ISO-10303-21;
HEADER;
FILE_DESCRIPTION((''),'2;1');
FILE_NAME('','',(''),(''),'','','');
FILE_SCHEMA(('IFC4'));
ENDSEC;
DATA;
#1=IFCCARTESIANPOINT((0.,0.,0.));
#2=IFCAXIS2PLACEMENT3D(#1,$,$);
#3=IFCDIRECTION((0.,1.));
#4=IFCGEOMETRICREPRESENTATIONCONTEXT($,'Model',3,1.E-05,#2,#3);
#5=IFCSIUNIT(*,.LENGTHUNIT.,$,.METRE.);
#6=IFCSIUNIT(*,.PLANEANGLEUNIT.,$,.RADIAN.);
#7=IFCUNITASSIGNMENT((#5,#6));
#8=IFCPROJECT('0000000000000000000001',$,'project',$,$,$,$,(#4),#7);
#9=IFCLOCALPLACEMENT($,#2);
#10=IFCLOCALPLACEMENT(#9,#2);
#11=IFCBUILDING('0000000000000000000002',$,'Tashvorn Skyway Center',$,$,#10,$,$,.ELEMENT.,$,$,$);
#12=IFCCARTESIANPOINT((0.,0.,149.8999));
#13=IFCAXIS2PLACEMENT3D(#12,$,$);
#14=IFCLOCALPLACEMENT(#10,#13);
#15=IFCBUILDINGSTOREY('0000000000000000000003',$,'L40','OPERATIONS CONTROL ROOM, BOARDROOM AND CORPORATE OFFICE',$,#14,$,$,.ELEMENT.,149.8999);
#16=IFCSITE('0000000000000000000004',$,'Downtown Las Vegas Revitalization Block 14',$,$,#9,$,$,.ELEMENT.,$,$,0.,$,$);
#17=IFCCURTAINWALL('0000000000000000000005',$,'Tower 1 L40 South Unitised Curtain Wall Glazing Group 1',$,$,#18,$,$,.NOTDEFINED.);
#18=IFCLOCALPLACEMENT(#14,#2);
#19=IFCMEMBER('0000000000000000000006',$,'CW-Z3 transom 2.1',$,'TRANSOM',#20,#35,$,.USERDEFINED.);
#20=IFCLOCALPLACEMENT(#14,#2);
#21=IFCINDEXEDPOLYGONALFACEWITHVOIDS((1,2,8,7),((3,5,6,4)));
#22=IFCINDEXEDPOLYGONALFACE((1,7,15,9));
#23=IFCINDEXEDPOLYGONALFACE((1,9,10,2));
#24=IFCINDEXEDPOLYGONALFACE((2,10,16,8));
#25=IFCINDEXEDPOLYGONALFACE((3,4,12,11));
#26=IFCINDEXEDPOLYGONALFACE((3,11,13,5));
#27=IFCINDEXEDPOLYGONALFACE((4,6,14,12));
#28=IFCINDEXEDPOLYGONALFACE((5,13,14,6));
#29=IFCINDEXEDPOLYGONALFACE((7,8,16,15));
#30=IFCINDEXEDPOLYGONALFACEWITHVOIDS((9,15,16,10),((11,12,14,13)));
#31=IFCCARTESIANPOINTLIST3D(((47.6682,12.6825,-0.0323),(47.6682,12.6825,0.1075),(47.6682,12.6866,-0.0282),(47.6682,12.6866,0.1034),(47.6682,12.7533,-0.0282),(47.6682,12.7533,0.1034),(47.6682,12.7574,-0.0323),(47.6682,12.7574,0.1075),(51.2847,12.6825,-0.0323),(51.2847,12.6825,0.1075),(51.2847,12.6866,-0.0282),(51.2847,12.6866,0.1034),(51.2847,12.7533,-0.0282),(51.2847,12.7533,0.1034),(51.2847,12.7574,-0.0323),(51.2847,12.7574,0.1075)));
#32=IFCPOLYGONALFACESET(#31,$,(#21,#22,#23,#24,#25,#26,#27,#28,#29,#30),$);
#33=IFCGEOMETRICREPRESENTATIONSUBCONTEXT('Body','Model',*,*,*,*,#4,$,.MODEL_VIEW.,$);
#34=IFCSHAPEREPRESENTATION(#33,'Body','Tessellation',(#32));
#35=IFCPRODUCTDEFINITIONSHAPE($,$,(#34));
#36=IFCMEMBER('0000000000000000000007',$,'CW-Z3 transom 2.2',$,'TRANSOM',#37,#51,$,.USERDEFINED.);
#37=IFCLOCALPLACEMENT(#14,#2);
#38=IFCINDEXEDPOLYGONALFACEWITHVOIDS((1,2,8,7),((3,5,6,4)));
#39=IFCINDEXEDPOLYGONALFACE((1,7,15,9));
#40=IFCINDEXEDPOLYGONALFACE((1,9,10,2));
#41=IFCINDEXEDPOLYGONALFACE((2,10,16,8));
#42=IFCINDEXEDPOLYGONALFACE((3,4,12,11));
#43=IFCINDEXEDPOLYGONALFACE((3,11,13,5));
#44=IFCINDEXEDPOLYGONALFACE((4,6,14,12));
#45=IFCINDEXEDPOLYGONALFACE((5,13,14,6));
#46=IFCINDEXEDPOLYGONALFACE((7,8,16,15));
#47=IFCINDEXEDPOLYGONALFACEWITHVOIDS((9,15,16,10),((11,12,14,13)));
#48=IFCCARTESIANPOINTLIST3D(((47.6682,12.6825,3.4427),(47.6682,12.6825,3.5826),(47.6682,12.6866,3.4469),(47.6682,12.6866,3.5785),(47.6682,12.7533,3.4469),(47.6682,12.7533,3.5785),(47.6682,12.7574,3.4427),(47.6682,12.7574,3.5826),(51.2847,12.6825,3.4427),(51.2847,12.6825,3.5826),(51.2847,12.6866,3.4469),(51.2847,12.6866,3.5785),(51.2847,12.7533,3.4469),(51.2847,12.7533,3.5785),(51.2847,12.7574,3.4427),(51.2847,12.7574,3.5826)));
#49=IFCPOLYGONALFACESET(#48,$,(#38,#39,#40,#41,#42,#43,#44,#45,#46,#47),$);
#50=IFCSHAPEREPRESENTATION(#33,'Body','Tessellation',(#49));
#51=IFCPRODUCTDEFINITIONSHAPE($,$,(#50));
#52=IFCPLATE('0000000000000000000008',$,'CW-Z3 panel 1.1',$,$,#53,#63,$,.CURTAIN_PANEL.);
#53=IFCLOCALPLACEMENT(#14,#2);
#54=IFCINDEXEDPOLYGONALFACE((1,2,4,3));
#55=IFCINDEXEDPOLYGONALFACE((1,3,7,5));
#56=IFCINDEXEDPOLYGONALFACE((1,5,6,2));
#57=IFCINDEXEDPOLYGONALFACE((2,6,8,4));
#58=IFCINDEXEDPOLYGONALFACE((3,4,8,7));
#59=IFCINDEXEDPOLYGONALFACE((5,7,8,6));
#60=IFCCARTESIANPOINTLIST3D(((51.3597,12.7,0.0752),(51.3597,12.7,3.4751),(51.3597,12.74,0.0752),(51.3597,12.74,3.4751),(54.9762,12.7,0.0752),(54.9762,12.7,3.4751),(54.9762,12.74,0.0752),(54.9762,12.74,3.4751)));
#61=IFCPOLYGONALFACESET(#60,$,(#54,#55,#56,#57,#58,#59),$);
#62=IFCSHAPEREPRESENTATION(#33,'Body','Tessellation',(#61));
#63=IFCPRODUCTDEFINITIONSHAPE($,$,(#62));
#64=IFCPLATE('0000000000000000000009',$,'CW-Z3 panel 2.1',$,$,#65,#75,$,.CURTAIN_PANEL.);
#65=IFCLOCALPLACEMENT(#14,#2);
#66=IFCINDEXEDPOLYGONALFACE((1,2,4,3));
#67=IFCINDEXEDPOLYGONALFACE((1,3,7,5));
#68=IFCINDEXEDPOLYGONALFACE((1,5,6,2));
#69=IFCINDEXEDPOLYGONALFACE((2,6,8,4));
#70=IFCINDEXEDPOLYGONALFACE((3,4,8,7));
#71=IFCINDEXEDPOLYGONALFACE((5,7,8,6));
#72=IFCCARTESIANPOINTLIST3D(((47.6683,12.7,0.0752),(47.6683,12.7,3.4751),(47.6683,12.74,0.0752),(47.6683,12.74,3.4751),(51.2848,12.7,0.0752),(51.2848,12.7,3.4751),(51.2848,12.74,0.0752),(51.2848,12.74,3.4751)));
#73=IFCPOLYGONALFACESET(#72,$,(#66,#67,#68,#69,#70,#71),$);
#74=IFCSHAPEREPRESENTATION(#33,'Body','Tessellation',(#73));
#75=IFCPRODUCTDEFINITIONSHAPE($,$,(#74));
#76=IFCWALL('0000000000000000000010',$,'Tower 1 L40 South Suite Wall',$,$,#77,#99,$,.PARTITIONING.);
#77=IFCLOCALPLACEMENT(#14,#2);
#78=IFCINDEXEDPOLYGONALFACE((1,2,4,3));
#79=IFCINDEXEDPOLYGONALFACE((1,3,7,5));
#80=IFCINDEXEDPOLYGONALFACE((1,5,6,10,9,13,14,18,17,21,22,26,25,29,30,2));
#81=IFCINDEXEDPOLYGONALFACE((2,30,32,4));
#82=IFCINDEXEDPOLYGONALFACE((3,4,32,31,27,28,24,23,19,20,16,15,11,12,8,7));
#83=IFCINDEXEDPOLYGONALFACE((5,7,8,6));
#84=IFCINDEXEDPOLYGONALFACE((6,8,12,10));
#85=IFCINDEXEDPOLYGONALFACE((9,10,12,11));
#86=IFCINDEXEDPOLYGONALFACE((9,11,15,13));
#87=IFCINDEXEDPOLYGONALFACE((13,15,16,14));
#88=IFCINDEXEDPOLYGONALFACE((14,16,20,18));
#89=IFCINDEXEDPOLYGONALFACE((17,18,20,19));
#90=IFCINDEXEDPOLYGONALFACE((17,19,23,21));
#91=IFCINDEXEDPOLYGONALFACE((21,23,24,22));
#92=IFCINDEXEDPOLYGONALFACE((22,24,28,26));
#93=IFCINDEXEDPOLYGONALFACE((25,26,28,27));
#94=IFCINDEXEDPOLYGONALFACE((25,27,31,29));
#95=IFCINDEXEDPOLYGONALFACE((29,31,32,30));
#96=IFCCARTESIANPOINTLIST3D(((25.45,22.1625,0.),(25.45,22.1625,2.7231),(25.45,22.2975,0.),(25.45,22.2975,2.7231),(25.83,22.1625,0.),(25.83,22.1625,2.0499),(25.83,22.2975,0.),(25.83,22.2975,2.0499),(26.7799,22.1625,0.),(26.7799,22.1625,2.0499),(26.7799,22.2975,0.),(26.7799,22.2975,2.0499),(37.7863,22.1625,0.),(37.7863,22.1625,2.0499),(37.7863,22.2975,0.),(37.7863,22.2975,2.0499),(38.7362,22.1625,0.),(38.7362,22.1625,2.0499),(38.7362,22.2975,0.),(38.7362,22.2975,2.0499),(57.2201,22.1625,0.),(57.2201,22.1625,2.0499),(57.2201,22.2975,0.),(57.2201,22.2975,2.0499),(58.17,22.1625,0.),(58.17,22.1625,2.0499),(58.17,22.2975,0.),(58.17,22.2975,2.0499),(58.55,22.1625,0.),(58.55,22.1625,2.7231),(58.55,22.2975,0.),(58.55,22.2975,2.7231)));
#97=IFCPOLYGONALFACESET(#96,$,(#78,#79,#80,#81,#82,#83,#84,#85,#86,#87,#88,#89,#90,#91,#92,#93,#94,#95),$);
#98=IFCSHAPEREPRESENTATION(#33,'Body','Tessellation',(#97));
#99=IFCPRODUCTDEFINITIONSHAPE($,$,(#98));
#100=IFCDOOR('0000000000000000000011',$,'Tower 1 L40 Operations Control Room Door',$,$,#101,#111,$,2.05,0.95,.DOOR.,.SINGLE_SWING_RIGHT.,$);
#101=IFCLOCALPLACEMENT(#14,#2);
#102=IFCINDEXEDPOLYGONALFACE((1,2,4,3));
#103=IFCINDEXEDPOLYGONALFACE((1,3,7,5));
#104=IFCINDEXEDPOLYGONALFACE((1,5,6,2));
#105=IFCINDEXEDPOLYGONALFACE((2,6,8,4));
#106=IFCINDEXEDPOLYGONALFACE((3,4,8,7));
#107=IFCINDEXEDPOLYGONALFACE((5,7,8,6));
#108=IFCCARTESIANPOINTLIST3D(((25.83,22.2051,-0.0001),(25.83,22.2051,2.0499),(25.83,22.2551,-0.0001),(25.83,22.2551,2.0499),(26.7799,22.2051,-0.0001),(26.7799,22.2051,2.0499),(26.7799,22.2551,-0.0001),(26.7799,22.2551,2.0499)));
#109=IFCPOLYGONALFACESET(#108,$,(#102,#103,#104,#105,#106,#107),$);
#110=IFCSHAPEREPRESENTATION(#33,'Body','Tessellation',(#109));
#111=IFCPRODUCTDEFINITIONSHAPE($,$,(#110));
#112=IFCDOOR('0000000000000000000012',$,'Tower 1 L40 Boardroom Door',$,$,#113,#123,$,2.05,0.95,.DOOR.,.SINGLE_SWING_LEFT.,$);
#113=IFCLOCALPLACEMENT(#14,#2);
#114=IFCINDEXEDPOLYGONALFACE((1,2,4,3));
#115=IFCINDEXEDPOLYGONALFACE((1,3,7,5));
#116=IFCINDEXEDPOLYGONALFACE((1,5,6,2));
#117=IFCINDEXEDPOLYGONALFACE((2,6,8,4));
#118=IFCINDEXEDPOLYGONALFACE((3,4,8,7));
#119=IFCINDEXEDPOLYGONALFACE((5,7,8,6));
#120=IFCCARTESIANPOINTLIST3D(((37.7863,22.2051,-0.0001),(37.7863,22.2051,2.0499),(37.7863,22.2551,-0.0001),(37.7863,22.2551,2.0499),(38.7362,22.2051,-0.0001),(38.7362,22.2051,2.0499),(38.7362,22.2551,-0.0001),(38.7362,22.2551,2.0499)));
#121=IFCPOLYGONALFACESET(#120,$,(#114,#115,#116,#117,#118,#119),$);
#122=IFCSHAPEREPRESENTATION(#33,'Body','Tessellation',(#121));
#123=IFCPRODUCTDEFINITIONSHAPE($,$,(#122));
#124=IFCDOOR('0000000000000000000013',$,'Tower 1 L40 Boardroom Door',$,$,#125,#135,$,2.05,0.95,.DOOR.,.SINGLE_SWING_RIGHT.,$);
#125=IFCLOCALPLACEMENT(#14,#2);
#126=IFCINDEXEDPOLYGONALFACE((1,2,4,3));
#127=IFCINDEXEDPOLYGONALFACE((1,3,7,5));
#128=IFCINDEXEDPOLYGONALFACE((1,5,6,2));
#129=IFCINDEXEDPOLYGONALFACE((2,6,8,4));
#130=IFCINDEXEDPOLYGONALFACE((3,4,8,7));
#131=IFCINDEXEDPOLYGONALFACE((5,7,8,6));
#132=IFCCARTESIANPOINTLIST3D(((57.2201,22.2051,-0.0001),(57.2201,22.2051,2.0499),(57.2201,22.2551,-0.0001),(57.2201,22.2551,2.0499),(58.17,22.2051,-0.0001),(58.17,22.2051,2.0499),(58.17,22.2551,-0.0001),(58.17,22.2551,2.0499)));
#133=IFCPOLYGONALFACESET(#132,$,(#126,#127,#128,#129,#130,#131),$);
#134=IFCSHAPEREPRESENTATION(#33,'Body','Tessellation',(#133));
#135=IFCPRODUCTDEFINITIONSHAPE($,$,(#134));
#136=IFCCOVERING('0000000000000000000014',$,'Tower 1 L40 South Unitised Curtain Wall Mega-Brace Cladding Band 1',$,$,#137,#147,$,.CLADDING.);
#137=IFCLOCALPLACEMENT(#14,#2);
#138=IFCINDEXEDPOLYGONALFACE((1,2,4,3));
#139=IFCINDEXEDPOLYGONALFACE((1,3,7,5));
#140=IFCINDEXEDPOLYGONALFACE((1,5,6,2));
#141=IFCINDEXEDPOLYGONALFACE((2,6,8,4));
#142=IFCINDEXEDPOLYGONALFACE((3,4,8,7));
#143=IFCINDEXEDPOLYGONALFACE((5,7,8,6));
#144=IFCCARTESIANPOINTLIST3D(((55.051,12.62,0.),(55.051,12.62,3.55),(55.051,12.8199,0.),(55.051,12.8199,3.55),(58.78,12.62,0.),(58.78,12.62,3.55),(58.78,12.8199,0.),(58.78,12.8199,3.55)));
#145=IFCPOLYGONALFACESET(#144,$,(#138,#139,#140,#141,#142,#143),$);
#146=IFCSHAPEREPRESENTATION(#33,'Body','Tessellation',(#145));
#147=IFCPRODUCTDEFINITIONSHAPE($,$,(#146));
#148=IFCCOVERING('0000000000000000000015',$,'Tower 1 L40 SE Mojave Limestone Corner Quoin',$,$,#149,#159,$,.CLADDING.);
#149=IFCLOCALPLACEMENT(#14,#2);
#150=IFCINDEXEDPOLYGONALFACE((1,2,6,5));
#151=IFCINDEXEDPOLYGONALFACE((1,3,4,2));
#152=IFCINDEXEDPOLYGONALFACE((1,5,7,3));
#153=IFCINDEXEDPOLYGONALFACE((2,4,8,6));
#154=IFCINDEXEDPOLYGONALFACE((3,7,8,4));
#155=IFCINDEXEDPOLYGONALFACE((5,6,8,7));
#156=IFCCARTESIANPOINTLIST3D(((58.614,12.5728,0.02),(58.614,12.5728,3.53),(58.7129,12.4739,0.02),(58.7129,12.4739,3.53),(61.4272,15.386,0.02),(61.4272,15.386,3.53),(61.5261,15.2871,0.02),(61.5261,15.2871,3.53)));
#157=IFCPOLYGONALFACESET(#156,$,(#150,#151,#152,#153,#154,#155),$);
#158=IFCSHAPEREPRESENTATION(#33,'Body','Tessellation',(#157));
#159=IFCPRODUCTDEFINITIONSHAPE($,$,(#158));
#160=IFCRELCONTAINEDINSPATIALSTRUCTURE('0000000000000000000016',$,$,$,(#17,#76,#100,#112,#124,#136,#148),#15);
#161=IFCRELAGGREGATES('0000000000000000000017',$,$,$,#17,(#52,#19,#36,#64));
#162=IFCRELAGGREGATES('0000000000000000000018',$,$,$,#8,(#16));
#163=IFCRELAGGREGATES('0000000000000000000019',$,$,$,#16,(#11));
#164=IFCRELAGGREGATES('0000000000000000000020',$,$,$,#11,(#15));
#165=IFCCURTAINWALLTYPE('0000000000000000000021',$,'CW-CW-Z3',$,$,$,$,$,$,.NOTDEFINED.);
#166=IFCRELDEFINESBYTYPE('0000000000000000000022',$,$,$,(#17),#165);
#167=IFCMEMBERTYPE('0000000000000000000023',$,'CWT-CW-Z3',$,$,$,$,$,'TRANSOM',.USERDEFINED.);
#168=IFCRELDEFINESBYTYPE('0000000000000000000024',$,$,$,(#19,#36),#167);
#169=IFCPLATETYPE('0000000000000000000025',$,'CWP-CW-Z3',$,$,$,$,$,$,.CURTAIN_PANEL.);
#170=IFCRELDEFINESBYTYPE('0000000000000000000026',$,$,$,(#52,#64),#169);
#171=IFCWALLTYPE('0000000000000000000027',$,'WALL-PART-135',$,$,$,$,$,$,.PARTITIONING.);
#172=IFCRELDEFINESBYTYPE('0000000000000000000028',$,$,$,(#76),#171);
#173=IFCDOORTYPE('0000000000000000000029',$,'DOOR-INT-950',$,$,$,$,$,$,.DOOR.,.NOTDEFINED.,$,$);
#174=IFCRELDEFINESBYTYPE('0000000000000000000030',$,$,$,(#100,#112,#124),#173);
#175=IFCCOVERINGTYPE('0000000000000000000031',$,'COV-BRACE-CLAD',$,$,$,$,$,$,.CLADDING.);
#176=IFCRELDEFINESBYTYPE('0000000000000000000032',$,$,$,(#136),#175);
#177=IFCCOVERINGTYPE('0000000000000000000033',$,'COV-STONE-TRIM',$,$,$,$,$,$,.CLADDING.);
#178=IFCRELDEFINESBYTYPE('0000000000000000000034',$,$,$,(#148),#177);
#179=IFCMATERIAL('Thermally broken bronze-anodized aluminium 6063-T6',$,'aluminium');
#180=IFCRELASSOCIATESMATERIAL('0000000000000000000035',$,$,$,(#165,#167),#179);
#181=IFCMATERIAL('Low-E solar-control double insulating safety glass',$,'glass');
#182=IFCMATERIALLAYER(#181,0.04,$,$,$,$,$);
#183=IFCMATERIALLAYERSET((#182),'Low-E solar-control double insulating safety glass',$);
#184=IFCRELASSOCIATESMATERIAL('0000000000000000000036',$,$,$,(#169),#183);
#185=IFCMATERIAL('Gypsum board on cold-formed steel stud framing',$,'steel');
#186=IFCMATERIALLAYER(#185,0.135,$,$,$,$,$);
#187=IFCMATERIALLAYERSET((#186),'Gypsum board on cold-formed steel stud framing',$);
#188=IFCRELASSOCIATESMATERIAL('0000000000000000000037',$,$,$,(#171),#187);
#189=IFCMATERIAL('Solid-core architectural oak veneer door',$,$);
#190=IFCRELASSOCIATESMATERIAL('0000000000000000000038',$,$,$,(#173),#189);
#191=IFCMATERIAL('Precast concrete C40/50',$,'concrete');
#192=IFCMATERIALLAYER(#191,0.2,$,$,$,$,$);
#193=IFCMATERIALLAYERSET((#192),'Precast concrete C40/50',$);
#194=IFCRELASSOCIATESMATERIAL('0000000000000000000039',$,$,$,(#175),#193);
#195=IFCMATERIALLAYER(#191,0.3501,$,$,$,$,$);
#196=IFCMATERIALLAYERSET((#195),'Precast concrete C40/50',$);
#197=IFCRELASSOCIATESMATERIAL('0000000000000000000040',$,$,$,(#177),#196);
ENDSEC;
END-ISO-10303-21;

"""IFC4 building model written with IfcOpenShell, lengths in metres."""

from ifc_helpers import new_model, si_unit, direction, frame, frame_2d, origin, origin_2d, place, context, subcontext, project, spatial, rectangle, hollow_rectangle, extrude, material, layer, layer_set, material_profile, profile_set, type_object, element, fill, aggregate, save


model = new_model("IFC4")

# Units and contexts
model_context = context("Model", 3, precision=1e-05, world=origin(), true_north=direction((0.0, 1.0)))
body_context = subcontext(model_context, "Body", "Model", "MODEL_VIEW")
ifc_project = project(units=[si_unit("LENGTHUNIT", "METRE"), si_unit("PLANEANGLEUNIT", "RADIAN")], contexts=[model_context])

# Site, building, storey
site_placement = place(None, origin())
site = spatial("IfcSite", under=ifc_project, at=site_placement, Name="Downtown Las Vegas Revitalization Block 14", CompositionType="ELEMENT", RefElevation=0.0)
building_placement = place(site_placement, origin())
building = spatial("IfcBuilding", under=site, at=building_placement, Name="Tashvorn Skyway Center", CompositionType="ELEMENT")
storey_placement = place(building_placement, frame((0.0, 0.0, 149.8999)))
storey = spatial("IfcBuildingStorey", under=building, at=storey_placement, Name="L40", Description="OPERATIONS CONTROL ROOM, BOARDROOM AND CORPORATE OFFICE", CompositionType="ELEMENT", Elevation=149.8999)

# Curtain wall, members, plates
ifc_material_1 = material(Name="Thermally broken bronze-anodized aluminium 6063-T6", Category="aluminium")
curtain_wall_type = type_object("IfcCurtainWallType", Name="CW-CW-Z3", PredefinedType="NOTDEFINED", material=ifc_material_1)
curtain_wall_placement = place(storey_placement, origin())
curtain_wall = element("IfcCurtainWall", 1, at=curtain_wall_placement, inside=storey, type_object=curtain_wall_type, Name="Tower 1 L40 South Unitised Curtain Wall Glazing Group 1", PredefinedType="NOTDEFINED")
ifc_material_profile_1 = material_profile(ifc_material_1, hollow_rectangle(XDim=0.075, YDim=0.1399, WallThickness=0.0042, at=origin_2d()), Name="ALU-TRAN-75x140")
ifc_profile_set_1 = profile_set([ifc_material_profile_1], Name="Thermally broken bronze-anodized aluminium 6063-T6")
member_type_1 = type_object("IfcMemberType", Name="CWT-CW-Z3", ElementType="TRANSOM", PredefinedType="USERDEFINED", material=ifc_profile_set_1)
member_1_placement = place(storey_placement, frame((51.2847, 12.72, 0.0376), z_axis=(-1.0, 0.0, 0.0), x_axis=(0.0, -1.0, 0.0)))
member_1 = element("IfcMember", 2, at=member_1_placement, type_object=member_type_1, Name="CW-Z3 transom 2.1", ObjectType="TRANSOM", PredefinedType="USERDEFINED", context=body_context, shape_type="SweptSolid", body=[
    extrude(hollow_rectangle(XDim=0.075, YDim=0.1399, WallThickness=0.0042, at=origin_2d()), origin(), (0.0, 0.0, 1.0), 3.6165),
])
member_2_placement = place(storey_placement, frame((51.2847, 12.72, 3.5127), z_axis=(-1.0, 0.0, 0.0), x_axis=(0.0, -1.0, 0.0)))
member_2 = element("IfcMember", 3, at=member_2_placement, type_object=member_type_1, Name="CW-Z3 transom 2.2", ObjectType="TRANSOM", PredefinedType="USERDEFINED", context=body_context, shape_type="SweptSolid", body=[
    extrude(hollow_rectangle(XDim=0.075, YDim=0.1399, WallThickness=0.0042, at=origin_2d()), origin(), (0.0, 0.0, 1.0), 3.6165),
])
ifc_material_2 = material(Name="Low-E solar-control double insulating safety glass", Category="glass")
ifc_layer_1 = layer(ifc_material_2, 0.04)
ifc_layer_set_1 = layer_set([ifc_layer_1], Name="Low-E solar-control double insulating safety glass")
plate_type = type_object("IfcPlateType", Name="CWP-CW-Z3", PredefinedType="CURTAIN_PANEL", material=ifc_layer_set_1)
plate_1_placement = place(storey_placement, frame((53.168, 12.72, 0.0752), z_axis=(0.0, 0.0, 1.0), x_axis=(-1.0, 0.0, 0.0)))
plate_1 = element("IfcPlate", 4, at=plate_1_placement, type_object=plate_type, Name="CW-Z3 panel 1.1", PredefinedType="CURTAIN_PANEL", context=body_context, shape_type="SweptSolid", body=[
    extrude(rectangle(XDim=3.6165, YDim=0.04, at=origin_2d()), origin(), (0.0, 0.0, 1.0), 3.3999),
])
plate_2_placement = place(storey_placement, frame((49.4766, 12.72, 0.0752), z_axis=(0.0, 0.0, 1.0), x_axis=(-1.0, 0.0, 0.0)))
plate_2 = element("IfcPlate", 5, at=plate_2_placement, type_object=plate_type, Name="CW-Z3 panel 2.1", PredefinedType="CURTAIN_PANEL", context=body_context, shape_type="SweptSolid", body=[
    extrude(rectangle(XDim=3.6165, YDim=0.04, at=origin_2d()), origin(), (0.0, 0.0, 1.0), 3.3999),
])
aggregate(curtain_wall, [plate_1, member_1, member_2, plate_2])

# Wall, openings, doors
ifc_material_3 = material(Name="Gypsum board on cold-formed steel stud framing", Category="steel")
ifc_layer_2 = layer(ifc_material_3, 0.135)
ifc_layer_set_2 = layer_set([ifc_layer_2], Name="Gypsum board on cold-formed steel stud framing")
wall_type = type_object("IfcWallType", Name="WALL-PART-135", PredefinedType="PARTITIONING", material=ifc_layer_set_2)
wall_placement = place(storey_placement, frame((58.55, 22.23, 0.0), z_axis=(0.0, 0.0, 1.0), x_axis=(-1.0, 0.0, 0.0)))
wall = element("IfcWall", 6, at=wall_placement, inside=storey, type_object=wall_type, Name="Tower 1 L40 South Suite Wall", PredefinedType="PARTITIONING", context=body_context, shape_type="SweptSolid", body=[
    extrude(rectangle(XDim=33.1001, YDim=0.135, at=frame_2d((16.55, 0.0))), origin(), (0.0, 0.0, 1.0), 2.7231),
])
opening_1_placement = place(wall_placement, frame((31.77, 0.0, 0.0)))
opening_1 = element("IfcOpeningElement", 7, at=opening_1_placement, cuts=wall, PredefinedType="OPENING", context=body_context, shape_type="SweptSolid", body=[
    extrude(rectangle(XDim=0.95, YDim=2.05, at=frame_2d((0.4751, 1.0249))), frame((0.0, 0.0774, 0.0), z_axis=(0.0, -1.0, 0.0), x_axis=(1.0, 0.0, 0.0)), (0.0, 0.0, 1.0), 0.155),
])
opening_2_placement = place(wall_placement, frame((19.8137, 0.0, 0.0)))
opening_2 = element("IfcOpeningElement", 8, at=opening_2_placement, cuts=wall, PredefinedType="OPENING", context=body_context, shape_type="SweptSolid", body=[
    extrude(rectangle(XDim=0.95, YDim=2.05, at=frame_2d((0.4751, 1.0249))), frame((0.0, 0.0774, 0.0), z_axis=(0.0, -1.0, 0.0), x_axis=(1.0, 0.0, 0.0)), (0.0, 0.0, 1.0), 0.155),
])
opening_3_placement = place(wall_placement, frame((0.3799, 0.0, 0.0)))
opening_3 = element("IfcOpeningElement", 9, at=opening_3_placement, cuts=wall, PredefinedType="OPENING", context=body_context, shape_type="SweptSolid", body=[
    extrude(rectangle(XDim=0.95, YDim=2.05, at=frame_2d((0.4751, 1.0249))), frame((0.0, 0.0774, 0.0), z_axis=(0.0, -1.0, 0.0), x_axis=(1.0, 0.0, 0.0)), (0.0, 0.0, 1.0), 0.155),
])
ifc_material_4 = material(Name="Solid-core architectural oak veneer door")
door_type = type_object("IfcDoorType", Name="DOOR-INT-950", OperationType="NOTDEFINED", PredefinedType="DOOR", material=ifc_material_4)
door_1_placement = place(opening_1_placement, origin())
door_1 = element("IfcDoor", 10, at=door_1_placement, inside=storey, type_object=door_type, Name="Tower 1 L40 Operations Control Room Door", OperationType="SINGLE_SWING_RIGHT", OverallHeight=2.05, OverallWidth=0.95, PredefinedType="DOOR", context=body_context, shape_type="SweptSolid", body=[
    extrude(rectangle(XDim=0.95, YDim=2.05, at=frame_2d((0.4751, 1.0249))), frame((0.0, 0.0249, 0.0), z_axis=(0.0, -1.0, 0.0), x_axis=(1.0, 0.0, 0.0)), (0.0, 0.0, 1.0), 0.05),
])
fill(opening_1, door_1)
door_2_placement = place(opening_2_placement, origin())
door_2 = element("IfcDoor", 11, at=door_2_placement, inside=storey, type_object=door_type, Name="Tower 1 L40 Boardroom Door", OperationType="SINGLE_SWING_LEFT", OverallHeight=2.05, OverallWidth=0.95, PredefinedType="DOOR", context=body_context, shape_type="SweptSolid", body=[
    extrude(rectangle(XDim=0.95, YDim=2.05, at=frame_2d((0.4751, 1.0249))), frame((0.0, 0.0249, 0.0), z_axis=(0.0, -1.0, 0.0), x_axis=(1.0, 0.0, 0.0)), (0.0, 0.0, 1.0), 0.05),
])
fill(opening_2, door_2)
door_3_placement = place(opening_3_placement, origin())
door_3 = element("IfcDoor", 12, at=door_3_placement, inside=storey, type_object=door_type, Name="Tower 1 L40 Boardroom Door", OperationType="SINGLE_SWING_RIGHT", OverallHeight=2.05, OverallWidth=0.95, PredefinedType="DOOR", context=body_context, shape_type="SweptSolid", body=[
    extrude(rectangle(XDim=0.95, YDim=2.05, at=frame_2d((0.4751, 1.0249))), frame((0.0, 0.0249, 0.0), z_axis=(0.0, -1.0, 0.0), x_axis=(1.0, 0.0, 0.0)), (0.0, 0.0, 1.0), 0.05),
])
fill(opening_3, door_3)

# Coverings
ifc_material_5 = material(Name="Precast concrete C40/50", Category="concrete")
ifc_layer_3 = layer(ifc_material_5, 0.2)
ifc_layer_set_3 = layer_set([ifc_layer_3], Name="Precast concrete C40/50")
covering_type_1 = type_object("IfcCoveringType", Name="COV-BRACE-CLAD", PredefinedType="CLADDING", material=ifc_layer_set_3)
covering_1_placement = place(storey_placement, frame((56.9155, 12.72, 0.0), z_axis=(0.0, 0.0, 1.0), x_axis=(-1.0, 0.0, 0.0)))
element("IfcCovering", 13, at=covering_1_placement, inside=storey, type_object=covering_type_1, Name="Tower 1 L40 South Unitised Curtain Wall Mega-Brace Cladding Band 1", PredefinedType="CLADDING", context=body_context, shape_type="SweptSolid", body=[
    extrude(rectangle(XDim=3.729, YDim=0.2, at=origin_2d()), origin(), (0.0, 0.0, 1.0), 3.55),
])
ifc_layer_4 = layer(ifc_material_5, 0.3501)
ifc_layer_set_4 = layer_set([ifc_layer_4], Name="Precast concrete C40/50")
covering_type_2 = type_object("IfcCoveringType", Name="COV-STONE-TRIM", PredefinedType="CLADDING", material=ifc_layer_set_4)
covering_2_placement = place(storey_placement, frame((60.0701, 13.9299, 0.02), z_axis=(0.0, 0.0, 1.0), x_axis=(0.707107, 0.707107, 0.0)))
element("IfcCovering", 14, at=covering_2_placement, inside=storey, type_object=covering_type_2, Name="Tower 1 L40 SE Mojave Limestone Corner Quoin", PredefinedType="CLADDING", context=body_context, shape_type="SweptSolid", body=[
    extrude(rectangle(XDim=3.9785, YDim=0.1399, at=origin_2d()), origin(), (0.0, 0.0, 1.0), 3.51),
])

save(model, "model.ifc")
